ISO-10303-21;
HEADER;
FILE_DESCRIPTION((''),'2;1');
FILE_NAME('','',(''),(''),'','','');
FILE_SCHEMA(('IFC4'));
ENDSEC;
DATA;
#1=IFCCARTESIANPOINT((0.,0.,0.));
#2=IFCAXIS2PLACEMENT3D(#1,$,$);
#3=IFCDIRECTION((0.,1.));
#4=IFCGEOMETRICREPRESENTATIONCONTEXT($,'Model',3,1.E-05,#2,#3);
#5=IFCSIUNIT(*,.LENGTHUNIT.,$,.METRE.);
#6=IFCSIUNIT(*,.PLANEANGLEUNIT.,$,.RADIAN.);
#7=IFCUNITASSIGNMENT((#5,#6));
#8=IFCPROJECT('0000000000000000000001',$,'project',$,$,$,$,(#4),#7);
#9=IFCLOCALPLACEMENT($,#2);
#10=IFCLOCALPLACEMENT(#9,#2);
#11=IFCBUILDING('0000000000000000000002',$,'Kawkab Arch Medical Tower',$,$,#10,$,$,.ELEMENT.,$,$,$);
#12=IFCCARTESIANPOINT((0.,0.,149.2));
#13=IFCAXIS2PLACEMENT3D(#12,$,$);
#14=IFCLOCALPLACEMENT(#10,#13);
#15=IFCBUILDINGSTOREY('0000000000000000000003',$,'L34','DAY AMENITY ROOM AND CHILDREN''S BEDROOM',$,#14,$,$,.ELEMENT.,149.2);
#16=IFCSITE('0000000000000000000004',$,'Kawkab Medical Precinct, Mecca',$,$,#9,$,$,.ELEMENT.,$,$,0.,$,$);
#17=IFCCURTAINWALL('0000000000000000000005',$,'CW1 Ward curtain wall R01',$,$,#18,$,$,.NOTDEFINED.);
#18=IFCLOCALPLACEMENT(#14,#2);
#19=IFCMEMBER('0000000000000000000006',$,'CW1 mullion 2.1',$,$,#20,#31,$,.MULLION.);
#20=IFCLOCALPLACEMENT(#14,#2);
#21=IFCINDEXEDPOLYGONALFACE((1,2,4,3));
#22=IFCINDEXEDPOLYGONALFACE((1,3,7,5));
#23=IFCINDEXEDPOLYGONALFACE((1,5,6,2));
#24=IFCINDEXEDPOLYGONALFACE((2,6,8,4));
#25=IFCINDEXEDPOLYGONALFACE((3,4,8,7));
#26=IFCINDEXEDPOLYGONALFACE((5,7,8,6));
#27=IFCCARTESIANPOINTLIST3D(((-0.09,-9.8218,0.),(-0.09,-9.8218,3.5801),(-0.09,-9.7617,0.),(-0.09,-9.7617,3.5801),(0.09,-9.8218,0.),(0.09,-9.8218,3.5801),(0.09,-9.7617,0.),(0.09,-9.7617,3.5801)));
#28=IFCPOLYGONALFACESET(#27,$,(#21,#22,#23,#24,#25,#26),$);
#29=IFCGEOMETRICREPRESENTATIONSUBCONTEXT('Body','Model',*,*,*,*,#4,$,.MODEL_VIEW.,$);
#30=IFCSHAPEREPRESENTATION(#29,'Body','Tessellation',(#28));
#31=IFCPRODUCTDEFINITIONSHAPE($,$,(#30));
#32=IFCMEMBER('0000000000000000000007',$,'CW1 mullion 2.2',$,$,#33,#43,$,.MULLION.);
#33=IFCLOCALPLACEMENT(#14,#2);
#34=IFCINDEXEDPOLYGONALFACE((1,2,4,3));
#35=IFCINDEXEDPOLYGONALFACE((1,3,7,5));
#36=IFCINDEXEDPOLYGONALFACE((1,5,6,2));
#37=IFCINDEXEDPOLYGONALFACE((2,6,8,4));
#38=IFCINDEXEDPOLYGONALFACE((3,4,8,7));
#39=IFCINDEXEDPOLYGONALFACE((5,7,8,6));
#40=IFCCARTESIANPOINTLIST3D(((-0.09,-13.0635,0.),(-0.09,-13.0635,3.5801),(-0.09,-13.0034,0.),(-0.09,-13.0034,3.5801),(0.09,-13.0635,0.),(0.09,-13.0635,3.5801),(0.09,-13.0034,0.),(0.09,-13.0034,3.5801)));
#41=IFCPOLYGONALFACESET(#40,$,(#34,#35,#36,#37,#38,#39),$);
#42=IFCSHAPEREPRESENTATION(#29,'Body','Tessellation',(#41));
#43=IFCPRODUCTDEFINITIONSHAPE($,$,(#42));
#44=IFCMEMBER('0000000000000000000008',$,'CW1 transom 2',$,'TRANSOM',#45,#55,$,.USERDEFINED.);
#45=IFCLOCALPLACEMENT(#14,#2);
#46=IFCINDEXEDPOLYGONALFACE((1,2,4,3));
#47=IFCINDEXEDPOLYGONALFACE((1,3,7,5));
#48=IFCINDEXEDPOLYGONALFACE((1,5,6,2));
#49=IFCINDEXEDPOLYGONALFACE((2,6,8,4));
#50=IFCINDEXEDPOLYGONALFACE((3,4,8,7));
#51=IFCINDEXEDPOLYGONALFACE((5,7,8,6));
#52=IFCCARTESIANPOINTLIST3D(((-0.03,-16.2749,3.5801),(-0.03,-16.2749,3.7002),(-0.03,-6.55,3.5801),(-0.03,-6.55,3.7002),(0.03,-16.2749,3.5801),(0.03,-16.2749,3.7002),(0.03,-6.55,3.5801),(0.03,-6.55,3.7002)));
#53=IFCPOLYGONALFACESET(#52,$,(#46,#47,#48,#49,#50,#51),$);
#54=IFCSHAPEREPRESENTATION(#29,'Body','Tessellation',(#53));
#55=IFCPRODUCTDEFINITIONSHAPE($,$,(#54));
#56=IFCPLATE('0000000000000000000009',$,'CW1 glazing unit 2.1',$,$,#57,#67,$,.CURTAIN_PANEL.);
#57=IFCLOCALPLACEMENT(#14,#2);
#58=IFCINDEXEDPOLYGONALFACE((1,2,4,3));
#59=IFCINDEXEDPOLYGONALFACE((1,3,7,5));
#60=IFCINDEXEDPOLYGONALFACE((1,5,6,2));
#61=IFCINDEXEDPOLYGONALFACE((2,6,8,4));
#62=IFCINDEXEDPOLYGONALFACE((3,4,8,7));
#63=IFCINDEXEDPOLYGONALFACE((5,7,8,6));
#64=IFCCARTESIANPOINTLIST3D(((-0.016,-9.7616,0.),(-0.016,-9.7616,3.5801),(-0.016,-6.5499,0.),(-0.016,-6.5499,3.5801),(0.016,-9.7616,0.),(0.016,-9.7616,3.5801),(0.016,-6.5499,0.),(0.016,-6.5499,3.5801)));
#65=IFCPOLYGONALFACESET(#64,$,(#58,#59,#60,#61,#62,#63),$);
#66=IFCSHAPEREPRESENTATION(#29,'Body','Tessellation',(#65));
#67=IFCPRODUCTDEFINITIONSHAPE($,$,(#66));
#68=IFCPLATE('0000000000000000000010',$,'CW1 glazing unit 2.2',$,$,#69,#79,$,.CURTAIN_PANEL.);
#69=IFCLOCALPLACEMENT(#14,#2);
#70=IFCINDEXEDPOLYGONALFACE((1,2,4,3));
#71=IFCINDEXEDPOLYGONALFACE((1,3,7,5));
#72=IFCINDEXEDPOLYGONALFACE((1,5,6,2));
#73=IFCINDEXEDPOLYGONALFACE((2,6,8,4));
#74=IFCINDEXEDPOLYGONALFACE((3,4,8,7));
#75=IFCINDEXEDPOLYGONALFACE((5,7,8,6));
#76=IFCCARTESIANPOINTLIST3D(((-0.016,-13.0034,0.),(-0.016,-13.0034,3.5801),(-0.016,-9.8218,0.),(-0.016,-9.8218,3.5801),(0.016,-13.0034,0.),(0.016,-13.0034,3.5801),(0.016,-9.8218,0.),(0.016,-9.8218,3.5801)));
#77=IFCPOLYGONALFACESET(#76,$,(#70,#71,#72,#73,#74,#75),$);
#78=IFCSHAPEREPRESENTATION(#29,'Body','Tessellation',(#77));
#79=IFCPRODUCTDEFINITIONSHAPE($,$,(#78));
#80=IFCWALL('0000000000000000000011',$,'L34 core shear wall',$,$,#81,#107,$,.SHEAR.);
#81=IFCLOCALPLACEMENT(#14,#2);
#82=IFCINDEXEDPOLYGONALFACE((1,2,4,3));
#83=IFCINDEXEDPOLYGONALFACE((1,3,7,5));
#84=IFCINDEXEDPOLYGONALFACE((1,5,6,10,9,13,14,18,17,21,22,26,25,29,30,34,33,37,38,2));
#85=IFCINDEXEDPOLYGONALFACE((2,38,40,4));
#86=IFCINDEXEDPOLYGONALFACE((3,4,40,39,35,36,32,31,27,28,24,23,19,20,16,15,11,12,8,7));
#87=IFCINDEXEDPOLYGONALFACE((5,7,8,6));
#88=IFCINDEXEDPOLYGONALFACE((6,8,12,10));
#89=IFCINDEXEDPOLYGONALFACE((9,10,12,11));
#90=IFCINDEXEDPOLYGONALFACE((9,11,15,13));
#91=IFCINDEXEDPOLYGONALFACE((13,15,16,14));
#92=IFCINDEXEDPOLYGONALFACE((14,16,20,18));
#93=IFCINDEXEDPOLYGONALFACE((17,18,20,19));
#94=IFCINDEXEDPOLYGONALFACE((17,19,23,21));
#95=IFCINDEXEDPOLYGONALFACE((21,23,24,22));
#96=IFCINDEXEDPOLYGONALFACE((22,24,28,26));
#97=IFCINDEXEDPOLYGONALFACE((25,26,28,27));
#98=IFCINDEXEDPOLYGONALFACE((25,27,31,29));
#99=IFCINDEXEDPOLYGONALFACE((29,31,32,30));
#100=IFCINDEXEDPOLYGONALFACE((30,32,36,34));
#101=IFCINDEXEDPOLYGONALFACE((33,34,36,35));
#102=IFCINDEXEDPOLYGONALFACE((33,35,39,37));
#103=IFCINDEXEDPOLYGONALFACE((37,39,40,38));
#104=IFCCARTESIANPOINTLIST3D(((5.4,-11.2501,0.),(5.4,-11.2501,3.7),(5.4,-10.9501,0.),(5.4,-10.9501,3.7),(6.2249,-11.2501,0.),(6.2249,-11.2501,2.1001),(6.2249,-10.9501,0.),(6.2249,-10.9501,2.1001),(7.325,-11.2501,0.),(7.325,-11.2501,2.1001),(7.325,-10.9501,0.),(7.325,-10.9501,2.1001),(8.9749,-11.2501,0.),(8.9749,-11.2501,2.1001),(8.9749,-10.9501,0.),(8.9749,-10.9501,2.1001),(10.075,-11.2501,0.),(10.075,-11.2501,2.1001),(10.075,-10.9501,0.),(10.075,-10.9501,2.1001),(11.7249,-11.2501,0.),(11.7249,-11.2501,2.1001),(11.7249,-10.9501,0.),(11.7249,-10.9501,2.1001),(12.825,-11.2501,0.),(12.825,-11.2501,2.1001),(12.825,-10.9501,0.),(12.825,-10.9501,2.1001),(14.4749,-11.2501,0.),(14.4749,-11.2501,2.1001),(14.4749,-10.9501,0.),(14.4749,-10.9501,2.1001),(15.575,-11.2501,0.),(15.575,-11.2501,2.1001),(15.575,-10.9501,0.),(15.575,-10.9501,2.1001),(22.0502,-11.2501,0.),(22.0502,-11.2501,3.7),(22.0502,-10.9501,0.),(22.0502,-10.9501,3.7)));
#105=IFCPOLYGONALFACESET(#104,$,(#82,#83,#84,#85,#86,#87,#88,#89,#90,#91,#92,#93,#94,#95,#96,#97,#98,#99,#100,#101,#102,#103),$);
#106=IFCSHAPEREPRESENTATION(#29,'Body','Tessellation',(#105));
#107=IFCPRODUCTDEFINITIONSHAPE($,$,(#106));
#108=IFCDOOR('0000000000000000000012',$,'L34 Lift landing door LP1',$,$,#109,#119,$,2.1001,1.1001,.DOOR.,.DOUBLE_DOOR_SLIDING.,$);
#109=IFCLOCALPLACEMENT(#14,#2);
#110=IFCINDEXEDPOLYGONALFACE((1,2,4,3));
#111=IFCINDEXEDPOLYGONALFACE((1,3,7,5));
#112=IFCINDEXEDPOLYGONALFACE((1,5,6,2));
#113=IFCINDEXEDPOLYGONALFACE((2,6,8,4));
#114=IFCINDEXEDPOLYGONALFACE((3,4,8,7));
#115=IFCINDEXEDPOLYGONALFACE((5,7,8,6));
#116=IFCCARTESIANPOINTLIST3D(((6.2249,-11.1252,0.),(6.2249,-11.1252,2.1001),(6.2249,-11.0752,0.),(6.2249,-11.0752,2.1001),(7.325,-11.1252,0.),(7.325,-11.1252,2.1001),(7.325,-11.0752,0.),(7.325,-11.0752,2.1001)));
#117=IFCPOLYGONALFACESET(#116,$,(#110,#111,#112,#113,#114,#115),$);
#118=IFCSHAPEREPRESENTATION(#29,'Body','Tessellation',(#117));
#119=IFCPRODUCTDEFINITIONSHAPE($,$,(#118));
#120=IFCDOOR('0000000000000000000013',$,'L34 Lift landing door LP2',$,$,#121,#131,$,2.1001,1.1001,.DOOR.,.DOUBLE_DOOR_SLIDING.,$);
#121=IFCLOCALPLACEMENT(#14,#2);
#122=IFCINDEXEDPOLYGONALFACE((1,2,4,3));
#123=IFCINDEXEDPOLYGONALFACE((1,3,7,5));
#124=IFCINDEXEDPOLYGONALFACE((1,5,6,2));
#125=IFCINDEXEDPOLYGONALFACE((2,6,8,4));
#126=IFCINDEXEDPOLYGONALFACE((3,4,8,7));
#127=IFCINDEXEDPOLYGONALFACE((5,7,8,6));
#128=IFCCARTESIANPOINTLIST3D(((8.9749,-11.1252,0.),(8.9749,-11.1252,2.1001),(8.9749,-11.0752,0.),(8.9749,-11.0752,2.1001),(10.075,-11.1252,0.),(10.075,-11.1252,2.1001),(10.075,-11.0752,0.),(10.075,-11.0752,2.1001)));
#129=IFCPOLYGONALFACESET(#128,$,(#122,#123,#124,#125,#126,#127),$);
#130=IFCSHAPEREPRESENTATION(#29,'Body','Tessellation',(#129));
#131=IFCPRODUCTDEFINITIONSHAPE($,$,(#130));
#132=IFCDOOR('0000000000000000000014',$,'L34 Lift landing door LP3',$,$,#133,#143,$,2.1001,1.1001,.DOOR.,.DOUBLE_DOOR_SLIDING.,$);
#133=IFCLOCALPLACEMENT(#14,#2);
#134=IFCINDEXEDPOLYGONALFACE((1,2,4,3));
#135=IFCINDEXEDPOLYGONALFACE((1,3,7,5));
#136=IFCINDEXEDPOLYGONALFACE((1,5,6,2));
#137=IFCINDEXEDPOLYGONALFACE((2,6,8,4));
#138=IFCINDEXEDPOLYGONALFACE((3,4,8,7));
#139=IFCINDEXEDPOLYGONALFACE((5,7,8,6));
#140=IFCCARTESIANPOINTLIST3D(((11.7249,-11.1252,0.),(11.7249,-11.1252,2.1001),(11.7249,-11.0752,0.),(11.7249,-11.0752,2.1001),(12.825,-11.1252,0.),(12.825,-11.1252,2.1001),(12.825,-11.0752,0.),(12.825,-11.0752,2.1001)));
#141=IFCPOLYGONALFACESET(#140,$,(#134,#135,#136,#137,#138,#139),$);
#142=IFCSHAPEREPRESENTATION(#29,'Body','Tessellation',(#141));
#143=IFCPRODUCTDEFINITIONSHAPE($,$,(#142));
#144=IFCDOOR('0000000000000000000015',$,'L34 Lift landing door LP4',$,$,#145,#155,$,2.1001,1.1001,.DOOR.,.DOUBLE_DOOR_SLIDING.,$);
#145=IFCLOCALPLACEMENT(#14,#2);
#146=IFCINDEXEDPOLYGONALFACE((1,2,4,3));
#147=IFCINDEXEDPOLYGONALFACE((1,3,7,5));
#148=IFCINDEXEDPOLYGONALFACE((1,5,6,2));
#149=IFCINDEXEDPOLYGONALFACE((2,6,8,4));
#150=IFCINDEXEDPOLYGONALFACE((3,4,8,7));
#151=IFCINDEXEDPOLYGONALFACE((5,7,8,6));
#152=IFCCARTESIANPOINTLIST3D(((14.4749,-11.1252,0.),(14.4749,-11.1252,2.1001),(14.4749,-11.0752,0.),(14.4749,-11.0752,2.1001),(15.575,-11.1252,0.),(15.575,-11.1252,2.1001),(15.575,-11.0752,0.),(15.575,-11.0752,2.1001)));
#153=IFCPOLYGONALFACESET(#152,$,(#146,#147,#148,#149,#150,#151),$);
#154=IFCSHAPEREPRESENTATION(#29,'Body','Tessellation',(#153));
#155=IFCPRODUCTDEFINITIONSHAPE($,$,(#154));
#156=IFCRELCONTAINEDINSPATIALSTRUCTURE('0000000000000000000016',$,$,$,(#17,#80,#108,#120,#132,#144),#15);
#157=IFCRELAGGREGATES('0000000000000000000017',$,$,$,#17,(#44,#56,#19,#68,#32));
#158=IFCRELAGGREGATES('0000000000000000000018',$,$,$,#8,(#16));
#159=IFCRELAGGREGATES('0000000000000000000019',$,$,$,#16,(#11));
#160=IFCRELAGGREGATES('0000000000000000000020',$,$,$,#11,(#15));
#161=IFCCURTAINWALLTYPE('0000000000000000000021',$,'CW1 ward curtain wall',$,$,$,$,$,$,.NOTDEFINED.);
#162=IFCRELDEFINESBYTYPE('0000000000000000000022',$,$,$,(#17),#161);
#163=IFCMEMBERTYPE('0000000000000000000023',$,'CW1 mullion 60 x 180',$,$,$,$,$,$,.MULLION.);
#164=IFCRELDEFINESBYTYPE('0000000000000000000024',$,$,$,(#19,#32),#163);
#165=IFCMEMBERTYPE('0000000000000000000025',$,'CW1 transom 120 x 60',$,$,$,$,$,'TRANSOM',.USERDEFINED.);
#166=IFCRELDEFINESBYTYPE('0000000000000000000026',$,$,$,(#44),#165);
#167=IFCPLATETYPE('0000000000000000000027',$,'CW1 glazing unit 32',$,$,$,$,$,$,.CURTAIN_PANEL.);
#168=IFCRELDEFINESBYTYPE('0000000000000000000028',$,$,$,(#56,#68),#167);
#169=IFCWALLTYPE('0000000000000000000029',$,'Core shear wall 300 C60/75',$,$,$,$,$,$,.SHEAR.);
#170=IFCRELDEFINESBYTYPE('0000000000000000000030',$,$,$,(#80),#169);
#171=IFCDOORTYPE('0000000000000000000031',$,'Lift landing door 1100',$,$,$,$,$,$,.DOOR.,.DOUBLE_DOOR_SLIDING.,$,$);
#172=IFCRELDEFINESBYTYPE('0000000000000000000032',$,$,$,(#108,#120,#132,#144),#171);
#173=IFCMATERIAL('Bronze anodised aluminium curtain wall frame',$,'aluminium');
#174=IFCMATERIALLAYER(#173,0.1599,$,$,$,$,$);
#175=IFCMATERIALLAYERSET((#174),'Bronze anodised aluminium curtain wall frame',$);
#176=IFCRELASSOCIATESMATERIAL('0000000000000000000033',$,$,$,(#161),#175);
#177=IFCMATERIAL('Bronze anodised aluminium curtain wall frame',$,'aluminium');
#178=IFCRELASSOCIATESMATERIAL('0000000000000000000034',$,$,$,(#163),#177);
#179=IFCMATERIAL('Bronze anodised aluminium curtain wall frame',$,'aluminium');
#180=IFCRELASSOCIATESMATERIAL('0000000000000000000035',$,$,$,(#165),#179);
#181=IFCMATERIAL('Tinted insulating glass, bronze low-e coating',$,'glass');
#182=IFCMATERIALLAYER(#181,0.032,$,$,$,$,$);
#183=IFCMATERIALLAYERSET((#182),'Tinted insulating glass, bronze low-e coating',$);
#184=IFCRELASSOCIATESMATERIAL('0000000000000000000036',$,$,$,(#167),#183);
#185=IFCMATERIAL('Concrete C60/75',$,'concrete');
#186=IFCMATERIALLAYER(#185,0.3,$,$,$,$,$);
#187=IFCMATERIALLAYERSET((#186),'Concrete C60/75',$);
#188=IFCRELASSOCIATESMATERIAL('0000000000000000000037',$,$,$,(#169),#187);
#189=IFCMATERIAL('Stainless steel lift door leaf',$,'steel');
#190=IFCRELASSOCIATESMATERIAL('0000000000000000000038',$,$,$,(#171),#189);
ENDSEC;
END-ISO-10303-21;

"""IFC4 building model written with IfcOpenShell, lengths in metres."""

from ifc_helpers import new_model, si_unit, direction, frame, frame_2d, origin, origin_2d, place, context, subcontext, project, spatial, rectangle, extrude, material, layer, layer_set, material_profile, profile_set, type_object, element, fill, aggregate, save


model = new_model("IFC4")

# Units and contexts
model_context = context("Model", 3, precision=1e-05, world=origin(), true_north=direction((0.0, 1.0)))
body_context = subcontext(model_context, "Body", "Model", "MODEL_VIEW")
ifc_project = project(units=[si_unit("LENGTHUNIT", "METRE"), si_unit("PLANEANGLEUNIT", "RADIAN")], contexts=[model_context])

# Site, building, storey
site_placement = place(None, origin())
site = spatial("IfcSite", under=ifc_project, at=site_placement, Name="Kawkab Medical Precinct, Mecca", CompositionType="ELEMENT", RefElevation=0.0)
building_placement = place(site_placement, origin())
building = spatial("IfcBuilding", under=site, at=building_placement, Name="Kawkab Arch Medical Tower", CompositionType="ELEMENT")
storey_placement = place(building_placement, frame((0.0, 0.0, 149.2)))
storey = spatial("IfcBuildingStorey", under=building, at=storey_placement, Name="L34", Description="DAY AMENITY ROOM AND CHILDREN'S BEDROOM", CompositionType="ELEMENT", Elevation=149.2)

# Curtain wall, members, plates
ifc_material_1 = material(Name="Bronze anodised aluminium curtain wall frame", Category="aluminium")
ifc_layer_1 = layer(ifc_material_1, 0.1599)
ifc_layer_set_1 = layer_set([ifc_layer_1], Name="Bronze anodised aluminium curtain wall frame")
curtain_wall_type = type_object("IfcCurtainWallType", Name="CW1 ward curtain wall", PredefinedType="NOTDEFINED", material=ifc_layer_set_1)
placement = place(storey_placement, origin())
curtain_wall = element("IfcCurtainWall", 1, at=placement, inside=storey, type_object=curtain_wall_type, Name="CW1 Ward curtain wall R01", PredefinedType="NOTDEFINED")
ifc_material_2 = material(Name="Bronze anodised aluminium curtain wall frame", Category="aluminium")
ifc_material_profile_1 = material_profile(ifc_material_2, rectangle(XDim=0.1799, YDim=0.0601, at=origin_2d()), Name="AL 60x180")
ifc_profile_set_1 = profile_set([ifc_material_profile_1], Name="Bronze anodised aluminium curtain wall frame")
member_type_1 = type_object("IfcMemberType", Name="CW1 mullion 60 x 180", PredefinedType="MULLION", material=ifc_profile_set_1)
member_1_placement = place(storey_placement, frame((0.0, -9.7917, 0.0), z_axis=(0.0, 0.0, 1.0), x_axis=(1.0, 0.0, 0.0)))
member_1 = element("IfcMember", 2, at=member_1_placement, type_object=member_type_1, Name="CW1 mullion 2.1", PredefinedType="MULLION", context=body_context, shape_type="SweptSolid", body=[
    extrude(rectangle(XDim=0.1799, YDim=0.0601, at=origin_2d()), origin(), (0.0, 0.0, 1.0), 3.5801),
])
member_2_placement = place(storey_placement, frame((0.0, -13.0334, 0.0), z_axis=(0.0, 0.0, 1.0), x_axis=(1.0, 0.0, 0.0)))
member_2 = element("IfcMember", 3, at=member_2_placement, type_object=member_type_1, Name="CW1 mullion 2.2", PredefinedType="MULLION", context=body_context, shape_type="SweptSolid", body=[
    extrude(rectangle(XDim=0.1799, YDim=0.0601, at=origin_2d()), origin(), (0.0, 0.0, 1.0), 3.5801),
])
ifc_material_3 = material(Name="Bronze anodised aluminium curtain wall frame", Category="aluminium")
ifc_material_profile_2 = material_profile(ifc_material_3, rectangle(XDim=0.0601, YDim=0.1201, at=origin_2d()), Name="AL 60x120")
ifc_profile_set_2 = profile_set([ifc_material_profile_2], Name="Bronze anodised aluminium curtain wall frame")
member_type_2 = type_object("IfcMemberType", Name="CW1 transom 120 x 60", ElementType="TRANSOM", PredefinedType="USERDEFINED", material=ifc_profile_set_2)
member_3_placement = place(storey_placement, frame((0.0, -6.55, 3.6401), z_axis=(0.0, -1.0, 0.0), x_axis=(1.0, 0.0, 0.0)))
member_3 = element("IfcMember", 4, at=member_3_placement, type_object=member_type_2, Name="CW1 transom 2", ObjectType="TRANSOM", PredefinedType="USERDEFINED", context=body_context, shape_type="SweptSolid", body=[
    extrude(rectangle(XDim=0.0601, YDim=0.1201, at=origin_2d()), origin(), (0.0, 0.0, 1.0), 9.7249),
])
ifc_material_4 = material(Name="Tinted insulating glass, bronze low-e coating", Category="glass")
ifc_layer_2 = layer(ifc_material_4, 0.032)
ifc_layer_set_2 = layer_set([ifc_layer_2], Name="Tinted insulating glass, bronze low-e coating")
plate_type = type_object("IfcPlateType", Name="CW1 glazing unit 32", PredefinedType="CURTAIN_PANEL", material=ifc_layer_set_2)
plate_1_placement = place(storey_placement, frame((0.0, -8.1558, 0.0), z_axis=(0.0, 0.0, 1.0), x_axis=(0.0, -1.0, 0.0)))
plate_1 = element("IfcPlate", 5, at=plate_1_placement, type_object=plate_type, Name="CW1 glazing unit 2.1", PredefinedType="CURTAIN_PANEL", context=body_context, shape_type="SweptSolid", body=[
    extrude(rectangle(XDim=3.2117, YDim=0.032, at=origin_2d()), origin(), (0.0, 0.0, 1.0), 3.5801),
])
plate_2_placement = place(storey_placement, frame((0.0, -11.4126, 0.0), z_axis=(0.0, 0.0, 1.0), x_axis=(0.0, -1.0, 0.0)))
plate_2 = element("IfcPlate", 6, at=plate_2_placement, type_object=plate_type, Name="CW1 glazing unit 2.2", PredefinedType="CURTAIN_PANEL", context=body_context, shape_type="SweptSolid", body=[
    extrude(rectangle(XDim=3.1816, YDim=0.032, at=origin_2d()), origin(), (0.0, 0.0, 1.0), 3.5801),
])
aggregate(curtain_wall, [member_3, plate_1, member_1, plate_2, member_2])

# Wall, openings, doors
ifc_material_5 = material(Name="Concrete C60/75", Category="concrete")
ifc_layer_3 = layer(ifc_material_5, 0.3)
ifc_layer_set_3 = layer_set([ifc_layer_3], Name="Concrete C60/75")
wall_type = type_object("IfcWallType", Name="Core shear wall 300 C60/75", PredefinedType="SHEAR", material=ifc_layer_set_3)
wall_placement = place(storey_placement, frame((5.3999, -11.1001, 0.0), z_axis=(0.0, 0.0, 1.0), x_axis=(1.0, 0.0, 0.0)))
wall = element("IfcWall", 7, at=wall_placement, inside=storey, type_object=wall_type, Name="L34 core shear wall", PredefinedType="SHEAR", context=body_context, shape_type="SweptSolid", body=[
    extrude(rectangle(XDim=16.6501, YDim=0.3, at=frame_2d((8.3252, 0.0))), origin(), (0.0, 0.0, 1.0), 3.7),
])
opening_1_placement = place(wall_placement, frame((0.825, 0.0, 0.0)))
opening_1 = element("IfcOpeningElement", 8, at=opening_1_placement, cuts=wall, PredefinedType="OPENING", context=body_context, shape_type="SweptSolid", body=[
    extrude(rectangle(XDim=1.1001, YDim=2.1001, at=frame_2d((0.55, 1.05))), frame((0.0, 0.1599, 0.0), z_axis=(0.0, -1.0, 0.0), x_axis=(1.0, 0.0, 0.0)), (0.0, 0.0, 1.0), 0.3201),
])
opening_2_placement = place(wall_placement, frame((3.575, 0.0, 0.0)))
opening_2 = element("IfcOpeningElement", 9, at=opening_2_placement, cuts=wall, PredefinedType="OPENING", context=body_context, shape_type="SweptSolid", body=[
    extrude(rectangle(XDim=1.1001, YDim=2.1001, at=frame_2d((0.55, 1.05))), frame((0.0, 0.1599, 0.0), z_axis=(0.0, -1.0, 0.0), x_axis=(1.0, 0.0, 0.0)), (0.0, 0.0, 1.0), 0.3201),
])
opening_3_placement = place(wall_placement, frame((6.325, 0.0, 0.0)))
opening_3 = element("IfcOpeningElement", 10, at=opening_3_placement, cuts=wall, PredefinedType="OPENING", context=body_context, shape_type="SweptSolid", body=[
    extrude(rectangle(XDim=1.1001, YDim=2.1001, at=frame_2d((0.55, 1.05))), frame((0.0, 0.1599, 0.0), z_axis=(0.0, -1.0, 0.0), x_axis=(1.0, 0.0, 0.0)), (0.0, 0.0, 1.0), 0.3201),
])
opening_4_placement = place(wall_placement, frame((9.075, 0.0, 0.0)))
opening_4 = element("IfcOpeningElement", 11, at=opening_4_placement, cuts=wall, PredefinedType="OPENING", context=body_context, shape_type="SweptSolid", body=[
    extrude(rectangle(XDim=1.1001, YDim=2.1001, at=frame_2d((0.55, 1.05))), frame((0.0, 0.1599, 0.0), z_axis=(0.0, -1.0, 0.0), x_axis=(1.0, 0.0, 0.0)), (0.0, 0.0, 1.0), 0.3201),
])
ifc_material_6 = material(Name="Stainless steel lift door leaf", Category="steel")
door_type = type_object("IfcDoorType", Name="Lift landing door 1100", OperationType="DOUBLE_DOOR_SLIDING", PredefinedType="DOOR", material=ifc_material_6)
door_1_placement = place(opening_1_placement, origin())
door_1 = element("IfcDoor", 12, at=door_1_placement, inside=storey, type_object=door_type, Name="L34 Lift landing door LP1", OperationType="DOUBLE_DOOR_SLIDING", OverallHeight=2.1001, OverallWidth=1.1001, PredefinedType="DOOR", context=body_context, shape_type="SweptSolid", body=[
    extrude(rectangle(XDim=1.1001, YDim=2.1001, at=frame_2d((0.55, 1.05))), frame((0.0, 0.0249, 0.0), z_axis=(0.0, -1.0, 0.0), x_axis=(1.0, 0.0, 0.0)), (0.0, 0.0, 1.0), 0.05),
])
fill(opening_1, door_1)
door_2_placement = place(opening_2_placement, origin())
door_2 = element("IfcDoor", 13, at=door_2_placement, inside=storey, type_object=door_type, Name="L34 Lift landing door LP2", OperationType="DOUBLE_DOOR_SLIDING", OverallHeight=2.1001, OverallWidth=1.1001, PredefinedType="DOOR", context=body_context, shape_type="SweptSolid", body=[
    extrude(rectangle(XDim=1.1001, YDim=2.1001, at=frame_2d((0.55, 1.05))), frame((0.0, 0.0249, 0.0), z_axis=(0.0, -1.0, 0.0), x_axis=(1.0, 0.0, 0.0)), (0.0, 0.0, 1.0), 0.05),
])
fill(opening_2, door_2)
door_3_placement = place(opening_3_placement, origin())
door_3 = element("IfcDoor", 14, at=door_3_placement, inside=storey, type_object=door_type, Name="L34 Lift landing door LP3", OperationType="DOUBLE_DOOR_SLIDING", OverallHeight=2.1001, OverallWidth=1.1001, PredefinedType="DOOR", context=body_context, shape_type="SweptSolid", body=[
    extrude(rectangle(XDim=1.1001, YDim=2.1001, at=frame_2d((0.55, 1.05))), frame((0.0, 0.0249, 0.0), z_axis=(0.0, -1.0, 0.0), x_axis=(1.0, 0.0, 0.0)), (0.0, 0.0, 1.0), 0.05),
])
fill(opening_3, door_3)
door_4_placement = place(opening_4_placement, origin())
door_4 = element("IfcDoor", 15, at=door_4_placement, inside=storey, type_object=door_type, Name="L34 Lift landing door LP4", OperationType="DOUBLE_DOOR_SLIDING", OverallHeight=2.1001, OverallWidth=1.1001, PredefinedType="DOOR", context=body_context, shape_type="SweptSolid", body=[
    extrude(rectangle(XDim=1.1001, YDim=2.1001, at=frame_2d((0.55, 1.05))), frame((0.0, 0.0249, 0.0), z_axis=(0.0, -1.0, 0.0), x_axis=(1.0, 0.0, 0.0)), (0.0, 0.0, 1.0), 0.05),
])
fill(opening_4, door_4)

save(model, "model.ifc")
